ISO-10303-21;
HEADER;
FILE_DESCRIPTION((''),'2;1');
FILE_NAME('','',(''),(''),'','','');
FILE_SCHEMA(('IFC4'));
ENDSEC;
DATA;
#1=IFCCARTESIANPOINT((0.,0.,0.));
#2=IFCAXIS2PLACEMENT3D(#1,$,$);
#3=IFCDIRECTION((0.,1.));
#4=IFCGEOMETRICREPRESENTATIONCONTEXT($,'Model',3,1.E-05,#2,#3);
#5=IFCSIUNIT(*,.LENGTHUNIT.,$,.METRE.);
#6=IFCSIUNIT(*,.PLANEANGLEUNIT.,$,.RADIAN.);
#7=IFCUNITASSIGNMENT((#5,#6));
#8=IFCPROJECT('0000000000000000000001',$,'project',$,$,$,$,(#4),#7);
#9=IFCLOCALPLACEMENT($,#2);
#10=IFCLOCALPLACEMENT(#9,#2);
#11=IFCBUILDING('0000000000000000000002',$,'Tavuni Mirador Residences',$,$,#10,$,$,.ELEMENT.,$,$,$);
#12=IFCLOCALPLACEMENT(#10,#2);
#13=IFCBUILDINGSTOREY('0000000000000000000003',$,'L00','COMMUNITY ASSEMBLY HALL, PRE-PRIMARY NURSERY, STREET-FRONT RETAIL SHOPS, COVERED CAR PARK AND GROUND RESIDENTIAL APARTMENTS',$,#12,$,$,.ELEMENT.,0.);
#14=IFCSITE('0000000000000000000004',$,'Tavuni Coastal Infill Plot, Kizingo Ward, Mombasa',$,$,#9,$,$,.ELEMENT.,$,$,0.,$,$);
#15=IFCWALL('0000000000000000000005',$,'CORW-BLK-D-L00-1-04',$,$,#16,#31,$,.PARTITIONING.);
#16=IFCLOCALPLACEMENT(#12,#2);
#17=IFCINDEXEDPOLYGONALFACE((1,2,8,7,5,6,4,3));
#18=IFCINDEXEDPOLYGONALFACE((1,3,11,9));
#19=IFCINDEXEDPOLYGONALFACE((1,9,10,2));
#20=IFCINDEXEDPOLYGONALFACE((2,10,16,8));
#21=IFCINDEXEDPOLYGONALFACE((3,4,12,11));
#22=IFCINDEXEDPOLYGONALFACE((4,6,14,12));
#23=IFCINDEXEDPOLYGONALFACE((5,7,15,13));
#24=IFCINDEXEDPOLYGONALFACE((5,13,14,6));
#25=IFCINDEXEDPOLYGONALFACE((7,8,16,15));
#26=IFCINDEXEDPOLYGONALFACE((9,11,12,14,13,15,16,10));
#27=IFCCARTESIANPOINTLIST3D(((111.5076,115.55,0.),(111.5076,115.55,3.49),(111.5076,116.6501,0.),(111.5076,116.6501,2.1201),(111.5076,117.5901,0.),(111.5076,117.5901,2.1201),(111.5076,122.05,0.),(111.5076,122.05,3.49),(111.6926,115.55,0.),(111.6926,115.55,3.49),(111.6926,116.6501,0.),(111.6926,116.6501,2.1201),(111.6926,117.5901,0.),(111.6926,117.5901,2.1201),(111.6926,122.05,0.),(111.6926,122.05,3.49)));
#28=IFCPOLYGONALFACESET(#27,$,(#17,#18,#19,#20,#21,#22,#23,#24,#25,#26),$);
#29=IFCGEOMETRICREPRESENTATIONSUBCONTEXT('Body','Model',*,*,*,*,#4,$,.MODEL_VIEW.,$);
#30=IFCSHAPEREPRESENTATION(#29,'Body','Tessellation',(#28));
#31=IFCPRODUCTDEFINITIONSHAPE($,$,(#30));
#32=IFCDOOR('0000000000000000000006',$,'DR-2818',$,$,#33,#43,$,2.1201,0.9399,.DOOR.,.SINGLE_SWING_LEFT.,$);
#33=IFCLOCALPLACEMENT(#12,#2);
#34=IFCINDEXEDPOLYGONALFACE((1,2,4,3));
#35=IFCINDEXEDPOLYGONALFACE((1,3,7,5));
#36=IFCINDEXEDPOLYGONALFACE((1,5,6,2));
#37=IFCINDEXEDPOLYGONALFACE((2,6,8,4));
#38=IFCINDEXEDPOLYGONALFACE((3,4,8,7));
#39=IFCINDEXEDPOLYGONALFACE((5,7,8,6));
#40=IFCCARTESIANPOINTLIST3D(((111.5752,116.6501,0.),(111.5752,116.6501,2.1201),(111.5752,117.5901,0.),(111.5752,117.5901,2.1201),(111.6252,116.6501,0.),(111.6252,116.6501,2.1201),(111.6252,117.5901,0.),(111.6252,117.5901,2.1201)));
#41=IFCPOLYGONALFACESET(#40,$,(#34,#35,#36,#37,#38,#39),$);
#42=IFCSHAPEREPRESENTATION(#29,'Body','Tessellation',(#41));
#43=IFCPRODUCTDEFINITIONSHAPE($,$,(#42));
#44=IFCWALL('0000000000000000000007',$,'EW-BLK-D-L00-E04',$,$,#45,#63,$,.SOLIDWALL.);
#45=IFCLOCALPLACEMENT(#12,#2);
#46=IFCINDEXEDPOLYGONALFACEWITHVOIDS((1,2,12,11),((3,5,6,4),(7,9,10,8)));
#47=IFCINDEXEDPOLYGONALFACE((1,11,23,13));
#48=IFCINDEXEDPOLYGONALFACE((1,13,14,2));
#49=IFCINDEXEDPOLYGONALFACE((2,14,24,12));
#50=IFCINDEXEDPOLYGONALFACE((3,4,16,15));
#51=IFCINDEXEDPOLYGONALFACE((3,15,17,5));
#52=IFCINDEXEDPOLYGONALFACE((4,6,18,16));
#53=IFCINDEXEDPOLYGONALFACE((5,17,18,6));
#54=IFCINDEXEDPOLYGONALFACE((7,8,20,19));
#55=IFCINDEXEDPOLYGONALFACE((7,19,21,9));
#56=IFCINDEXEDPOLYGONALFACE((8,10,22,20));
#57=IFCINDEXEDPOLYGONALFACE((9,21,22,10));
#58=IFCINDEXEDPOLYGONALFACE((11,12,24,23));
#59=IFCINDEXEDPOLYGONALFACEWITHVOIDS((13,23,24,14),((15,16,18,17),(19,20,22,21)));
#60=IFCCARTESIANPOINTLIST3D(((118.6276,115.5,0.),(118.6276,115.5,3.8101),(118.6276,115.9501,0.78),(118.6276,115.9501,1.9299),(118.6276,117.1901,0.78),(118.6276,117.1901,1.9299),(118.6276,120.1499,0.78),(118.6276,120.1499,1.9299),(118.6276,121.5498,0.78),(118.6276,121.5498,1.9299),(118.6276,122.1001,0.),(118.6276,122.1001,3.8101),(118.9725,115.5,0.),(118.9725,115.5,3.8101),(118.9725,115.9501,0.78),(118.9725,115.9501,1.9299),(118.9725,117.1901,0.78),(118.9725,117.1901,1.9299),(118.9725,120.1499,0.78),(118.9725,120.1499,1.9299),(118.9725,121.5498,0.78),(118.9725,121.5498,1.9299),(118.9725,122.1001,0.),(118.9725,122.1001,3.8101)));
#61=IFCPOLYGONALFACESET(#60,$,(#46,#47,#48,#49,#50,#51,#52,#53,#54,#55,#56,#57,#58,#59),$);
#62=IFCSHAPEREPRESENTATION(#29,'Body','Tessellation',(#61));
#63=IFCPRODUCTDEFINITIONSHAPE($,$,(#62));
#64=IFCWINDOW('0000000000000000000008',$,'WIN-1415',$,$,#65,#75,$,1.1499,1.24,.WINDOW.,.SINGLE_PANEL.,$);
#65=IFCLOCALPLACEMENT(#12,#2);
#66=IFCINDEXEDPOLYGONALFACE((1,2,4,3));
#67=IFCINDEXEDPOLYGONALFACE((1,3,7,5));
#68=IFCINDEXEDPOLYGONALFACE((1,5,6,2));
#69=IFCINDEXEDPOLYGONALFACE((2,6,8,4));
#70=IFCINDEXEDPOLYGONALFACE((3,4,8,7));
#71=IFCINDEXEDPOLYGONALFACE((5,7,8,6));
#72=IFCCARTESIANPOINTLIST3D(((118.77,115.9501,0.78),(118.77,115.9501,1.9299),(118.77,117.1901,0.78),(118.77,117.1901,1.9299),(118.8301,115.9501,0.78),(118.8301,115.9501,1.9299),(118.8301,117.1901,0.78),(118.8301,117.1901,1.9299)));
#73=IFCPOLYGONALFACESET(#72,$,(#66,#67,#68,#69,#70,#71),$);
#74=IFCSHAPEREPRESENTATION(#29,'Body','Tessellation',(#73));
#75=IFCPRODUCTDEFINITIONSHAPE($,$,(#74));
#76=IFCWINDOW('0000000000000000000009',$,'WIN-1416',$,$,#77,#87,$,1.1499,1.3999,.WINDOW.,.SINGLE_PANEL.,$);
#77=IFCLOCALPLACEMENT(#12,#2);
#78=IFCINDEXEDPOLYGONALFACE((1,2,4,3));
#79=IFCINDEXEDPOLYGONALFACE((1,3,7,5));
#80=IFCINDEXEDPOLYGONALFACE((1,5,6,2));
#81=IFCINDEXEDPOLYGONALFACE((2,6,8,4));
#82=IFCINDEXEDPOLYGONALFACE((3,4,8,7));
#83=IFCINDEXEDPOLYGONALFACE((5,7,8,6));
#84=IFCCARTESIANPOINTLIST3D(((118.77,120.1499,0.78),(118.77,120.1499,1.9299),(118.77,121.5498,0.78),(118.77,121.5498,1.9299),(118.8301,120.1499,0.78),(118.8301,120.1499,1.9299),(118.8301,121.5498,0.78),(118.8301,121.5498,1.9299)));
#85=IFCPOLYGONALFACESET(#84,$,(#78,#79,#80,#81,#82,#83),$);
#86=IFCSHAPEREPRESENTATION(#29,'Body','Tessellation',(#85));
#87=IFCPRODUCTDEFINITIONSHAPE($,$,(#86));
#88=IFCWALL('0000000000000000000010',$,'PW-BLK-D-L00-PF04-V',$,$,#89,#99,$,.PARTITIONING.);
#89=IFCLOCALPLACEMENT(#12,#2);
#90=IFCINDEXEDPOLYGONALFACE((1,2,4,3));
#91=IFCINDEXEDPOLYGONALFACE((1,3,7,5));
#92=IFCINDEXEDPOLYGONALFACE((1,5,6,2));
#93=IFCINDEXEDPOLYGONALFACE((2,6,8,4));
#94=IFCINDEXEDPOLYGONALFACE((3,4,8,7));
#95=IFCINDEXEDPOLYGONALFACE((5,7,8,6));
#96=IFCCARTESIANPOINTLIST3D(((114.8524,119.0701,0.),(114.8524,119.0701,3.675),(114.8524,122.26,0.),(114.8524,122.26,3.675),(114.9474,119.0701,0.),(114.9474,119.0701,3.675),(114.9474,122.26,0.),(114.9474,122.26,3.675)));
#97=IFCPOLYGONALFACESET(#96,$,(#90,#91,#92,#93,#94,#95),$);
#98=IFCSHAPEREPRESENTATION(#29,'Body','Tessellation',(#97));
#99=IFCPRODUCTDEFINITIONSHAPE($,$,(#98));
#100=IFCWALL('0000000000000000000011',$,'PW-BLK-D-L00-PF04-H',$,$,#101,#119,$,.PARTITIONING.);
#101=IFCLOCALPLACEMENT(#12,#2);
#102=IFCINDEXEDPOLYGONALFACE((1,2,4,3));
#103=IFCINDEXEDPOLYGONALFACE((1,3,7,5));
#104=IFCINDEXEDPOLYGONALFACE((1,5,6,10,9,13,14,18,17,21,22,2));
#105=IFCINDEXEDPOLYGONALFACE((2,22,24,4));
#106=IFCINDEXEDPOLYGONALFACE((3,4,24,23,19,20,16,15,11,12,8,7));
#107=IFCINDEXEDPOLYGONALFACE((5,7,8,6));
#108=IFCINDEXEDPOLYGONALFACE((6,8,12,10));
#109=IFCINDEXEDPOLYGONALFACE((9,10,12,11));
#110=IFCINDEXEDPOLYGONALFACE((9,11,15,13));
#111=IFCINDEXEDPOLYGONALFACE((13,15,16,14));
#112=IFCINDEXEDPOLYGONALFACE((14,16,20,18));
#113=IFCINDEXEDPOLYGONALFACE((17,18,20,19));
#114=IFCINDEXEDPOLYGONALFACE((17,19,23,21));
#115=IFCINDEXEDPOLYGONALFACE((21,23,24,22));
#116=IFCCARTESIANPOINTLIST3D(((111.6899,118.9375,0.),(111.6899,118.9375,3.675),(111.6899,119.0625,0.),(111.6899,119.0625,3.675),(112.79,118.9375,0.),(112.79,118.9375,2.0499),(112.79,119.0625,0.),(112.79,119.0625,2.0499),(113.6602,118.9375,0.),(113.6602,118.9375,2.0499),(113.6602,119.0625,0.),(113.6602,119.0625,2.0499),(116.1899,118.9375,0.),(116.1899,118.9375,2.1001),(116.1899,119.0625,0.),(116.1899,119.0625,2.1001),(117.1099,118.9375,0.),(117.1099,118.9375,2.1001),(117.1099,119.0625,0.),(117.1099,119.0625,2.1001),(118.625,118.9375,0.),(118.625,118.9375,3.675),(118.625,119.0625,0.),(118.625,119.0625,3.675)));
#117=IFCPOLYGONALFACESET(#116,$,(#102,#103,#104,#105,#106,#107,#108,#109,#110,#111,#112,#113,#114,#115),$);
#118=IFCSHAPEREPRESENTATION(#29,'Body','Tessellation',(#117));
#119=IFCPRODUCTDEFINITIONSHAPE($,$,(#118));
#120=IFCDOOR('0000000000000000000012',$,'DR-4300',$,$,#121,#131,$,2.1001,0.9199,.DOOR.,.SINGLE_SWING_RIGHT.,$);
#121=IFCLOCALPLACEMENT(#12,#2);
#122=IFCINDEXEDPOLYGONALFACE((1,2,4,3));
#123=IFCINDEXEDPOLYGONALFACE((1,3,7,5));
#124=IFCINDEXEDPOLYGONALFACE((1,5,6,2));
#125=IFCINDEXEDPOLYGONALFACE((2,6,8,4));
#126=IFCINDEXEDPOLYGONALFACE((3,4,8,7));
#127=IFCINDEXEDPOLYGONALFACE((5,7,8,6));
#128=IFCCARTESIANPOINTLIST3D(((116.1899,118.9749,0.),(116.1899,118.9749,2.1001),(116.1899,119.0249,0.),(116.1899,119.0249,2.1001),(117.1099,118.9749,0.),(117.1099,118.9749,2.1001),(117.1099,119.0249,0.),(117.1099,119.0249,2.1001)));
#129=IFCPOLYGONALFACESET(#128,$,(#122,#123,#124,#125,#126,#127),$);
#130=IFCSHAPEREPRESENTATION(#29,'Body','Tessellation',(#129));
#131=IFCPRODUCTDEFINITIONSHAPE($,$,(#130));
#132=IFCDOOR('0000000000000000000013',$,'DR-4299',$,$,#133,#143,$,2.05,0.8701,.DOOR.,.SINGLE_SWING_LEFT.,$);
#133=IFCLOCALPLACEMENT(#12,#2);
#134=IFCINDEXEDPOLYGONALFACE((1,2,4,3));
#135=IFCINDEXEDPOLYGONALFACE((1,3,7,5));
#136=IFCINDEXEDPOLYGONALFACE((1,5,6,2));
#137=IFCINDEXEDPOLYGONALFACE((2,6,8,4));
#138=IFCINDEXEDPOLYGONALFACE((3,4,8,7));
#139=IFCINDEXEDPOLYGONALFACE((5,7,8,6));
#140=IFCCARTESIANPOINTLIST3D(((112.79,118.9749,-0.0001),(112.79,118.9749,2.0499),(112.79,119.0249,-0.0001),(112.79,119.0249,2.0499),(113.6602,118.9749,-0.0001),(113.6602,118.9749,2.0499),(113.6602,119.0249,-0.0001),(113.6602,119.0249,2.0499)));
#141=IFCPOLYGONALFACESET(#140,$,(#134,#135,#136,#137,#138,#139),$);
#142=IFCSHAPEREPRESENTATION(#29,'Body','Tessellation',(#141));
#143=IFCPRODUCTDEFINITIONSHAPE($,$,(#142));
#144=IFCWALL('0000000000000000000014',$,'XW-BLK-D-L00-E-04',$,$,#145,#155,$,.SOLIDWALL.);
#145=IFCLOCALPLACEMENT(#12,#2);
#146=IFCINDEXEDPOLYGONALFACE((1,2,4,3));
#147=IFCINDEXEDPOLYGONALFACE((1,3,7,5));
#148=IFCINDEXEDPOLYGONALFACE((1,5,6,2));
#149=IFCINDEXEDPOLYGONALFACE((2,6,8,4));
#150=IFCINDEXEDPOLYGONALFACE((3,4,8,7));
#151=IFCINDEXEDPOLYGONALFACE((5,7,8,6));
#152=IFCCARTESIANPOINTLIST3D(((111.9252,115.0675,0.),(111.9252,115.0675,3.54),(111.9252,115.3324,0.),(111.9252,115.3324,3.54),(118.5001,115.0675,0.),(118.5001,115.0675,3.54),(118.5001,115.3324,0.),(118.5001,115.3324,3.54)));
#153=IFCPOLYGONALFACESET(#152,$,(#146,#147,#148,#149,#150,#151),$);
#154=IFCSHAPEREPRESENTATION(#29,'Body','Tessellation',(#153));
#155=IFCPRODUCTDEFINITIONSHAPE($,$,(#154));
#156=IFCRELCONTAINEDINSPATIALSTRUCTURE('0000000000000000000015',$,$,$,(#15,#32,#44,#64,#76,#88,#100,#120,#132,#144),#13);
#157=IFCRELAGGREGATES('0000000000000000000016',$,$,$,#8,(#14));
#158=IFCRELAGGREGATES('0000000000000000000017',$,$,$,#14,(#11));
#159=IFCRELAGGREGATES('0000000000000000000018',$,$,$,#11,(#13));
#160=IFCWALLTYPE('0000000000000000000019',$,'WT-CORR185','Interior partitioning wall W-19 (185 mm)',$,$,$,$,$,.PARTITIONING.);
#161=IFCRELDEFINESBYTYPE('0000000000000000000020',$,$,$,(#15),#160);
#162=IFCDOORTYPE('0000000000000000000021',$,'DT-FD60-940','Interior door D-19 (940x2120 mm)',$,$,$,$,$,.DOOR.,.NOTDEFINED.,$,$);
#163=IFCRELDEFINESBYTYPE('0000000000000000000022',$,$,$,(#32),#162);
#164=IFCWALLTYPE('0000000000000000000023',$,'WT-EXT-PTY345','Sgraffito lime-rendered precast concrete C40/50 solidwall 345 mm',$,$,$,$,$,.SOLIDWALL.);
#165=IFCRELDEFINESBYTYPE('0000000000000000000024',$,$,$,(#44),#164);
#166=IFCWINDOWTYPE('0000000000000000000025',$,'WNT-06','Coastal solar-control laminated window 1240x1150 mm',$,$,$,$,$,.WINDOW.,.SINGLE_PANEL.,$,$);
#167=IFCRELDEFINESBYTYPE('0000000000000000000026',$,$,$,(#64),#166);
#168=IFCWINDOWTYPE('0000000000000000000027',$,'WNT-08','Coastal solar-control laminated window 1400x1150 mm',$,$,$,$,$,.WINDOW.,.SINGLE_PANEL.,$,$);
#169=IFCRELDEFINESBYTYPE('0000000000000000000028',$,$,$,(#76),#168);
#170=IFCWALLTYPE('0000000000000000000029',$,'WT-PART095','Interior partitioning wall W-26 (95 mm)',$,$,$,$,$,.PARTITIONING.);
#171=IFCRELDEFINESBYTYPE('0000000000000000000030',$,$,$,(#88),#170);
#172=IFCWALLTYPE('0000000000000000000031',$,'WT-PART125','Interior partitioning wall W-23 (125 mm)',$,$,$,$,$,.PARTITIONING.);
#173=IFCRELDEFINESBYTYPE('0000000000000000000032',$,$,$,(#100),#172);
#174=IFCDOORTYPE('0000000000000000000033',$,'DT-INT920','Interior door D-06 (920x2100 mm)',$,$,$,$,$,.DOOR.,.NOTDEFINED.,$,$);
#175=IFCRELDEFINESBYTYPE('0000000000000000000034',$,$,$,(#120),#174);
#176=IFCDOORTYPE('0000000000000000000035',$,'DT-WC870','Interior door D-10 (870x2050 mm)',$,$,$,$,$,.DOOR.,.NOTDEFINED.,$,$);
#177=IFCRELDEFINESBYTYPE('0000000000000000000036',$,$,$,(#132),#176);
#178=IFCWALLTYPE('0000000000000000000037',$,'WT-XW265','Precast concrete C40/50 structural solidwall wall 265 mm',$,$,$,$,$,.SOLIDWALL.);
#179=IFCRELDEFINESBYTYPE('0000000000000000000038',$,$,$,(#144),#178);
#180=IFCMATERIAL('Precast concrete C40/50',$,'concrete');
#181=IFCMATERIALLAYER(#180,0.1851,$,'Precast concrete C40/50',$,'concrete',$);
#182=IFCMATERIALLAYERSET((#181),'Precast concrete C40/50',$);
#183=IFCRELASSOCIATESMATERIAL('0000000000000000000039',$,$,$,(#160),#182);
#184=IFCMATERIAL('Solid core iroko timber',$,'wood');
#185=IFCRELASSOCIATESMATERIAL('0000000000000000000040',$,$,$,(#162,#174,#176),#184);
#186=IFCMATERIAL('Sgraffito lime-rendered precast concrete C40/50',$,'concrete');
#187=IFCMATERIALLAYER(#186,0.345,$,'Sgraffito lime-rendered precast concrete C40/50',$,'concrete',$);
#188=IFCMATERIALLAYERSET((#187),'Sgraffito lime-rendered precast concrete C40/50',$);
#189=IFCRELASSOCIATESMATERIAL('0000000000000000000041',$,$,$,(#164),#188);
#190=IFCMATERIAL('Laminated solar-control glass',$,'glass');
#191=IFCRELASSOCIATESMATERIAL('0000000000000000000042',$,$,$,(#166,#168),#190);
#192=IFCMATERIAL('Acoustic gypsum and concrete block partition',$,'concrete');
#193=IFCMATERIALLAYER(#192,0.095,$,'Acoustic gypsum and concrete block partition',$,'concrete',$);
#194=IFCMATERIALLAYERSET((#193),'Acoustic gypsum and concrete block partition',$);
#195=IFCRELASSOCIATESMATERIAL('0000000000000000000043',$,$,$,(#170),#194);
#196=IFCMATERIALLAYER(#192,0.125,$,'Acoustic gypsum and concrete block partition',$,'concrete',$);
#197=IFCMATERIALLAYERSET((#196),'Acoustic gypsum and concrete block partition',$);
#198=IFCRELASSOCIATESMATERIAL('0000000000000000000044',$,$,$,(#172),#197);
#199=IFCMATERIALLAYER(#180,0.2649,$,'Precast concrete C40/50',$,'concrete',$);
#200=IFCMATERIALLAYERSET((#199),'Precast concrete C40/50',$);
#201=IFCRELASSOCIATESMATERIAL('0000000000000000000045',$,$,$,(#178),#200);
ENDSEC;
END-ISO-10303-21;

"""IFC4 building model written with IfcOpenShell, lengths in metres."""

from ifc_helpers import new_model, si_unit, direction, frame, frame_2d, origin, place, context, subcontext, project, spatial, rectangle, extrude, material, layer, layer_set, type_object, element, fill, save


model = new_model("IFC4")

# Units and contexts
model_context = context("Model", 3, precision=1e-05, world=origin(), true_north=direction((0.0, 1.0)))
body_context = subcontext(model_context, "Body", "Model", "MODEL_VIEW")
ifc_project = project(units=[si_unit("LENGTHUNIT", "METRE"), si_unit("PLANEANGLEUNIT", "RADIAN")], contexts=[model_context])

# Site, building, storey
site_placement = place(None, origin())
site = spatial("IfcSite", under=ifc_project, at=site_placement, Name="Tavuni Coastal Infill Plot, Kizingo Ward, Mombasa", CompositionType="ELEMENT", RefElevation=0.0)
building_placement = place(site_placement, origin())
building = spatial("IfcBuilding", under=site, at=building_placement, Name="Tavuni Mirador Residences", CompositionType="ELEMENT")
storey_placement = place(building_placement, origin())
storey = spatial("IfcBuildingStorey", under=building, at=storey_placement, Name="L00", Description="COMMUNITY ASSEMBLY HALL, PRE-PRIMARY NURSERY, STREET-FRONT RETAIL SHOPS, COVERED CAR PARK AND GROUND RESIDENTIAL APARTMENTS", CompositionType="ELEMENT", Elevation=0.0)

# Shared definitions
ifc_material_1 = material(Name="Precast concrete C40/50", Category="concrete")

# Wall, opening, door
ifc_layer_1 = layer(ifc_material_1, 0.1851, Name="Precast concrete C40/50", Category="concrete")
ifc_layer_set_1 = layer_set([ifc_layer_1], Name="Precast concrete C40/50")
wall_type_1 = type_object("IfcWallType", Name="WT-CORR185", Description="Interior partitioning wall W-19 (185 mm)", PredefinedType="PARTITIONING", material=ifc_layer_set_1)
wall_1_placement = place(storey_placement, frame((111.6001, 115.55, 0.0), z_axis=(0.0, 0.0, 1.0), x_axis=(0.0, 1.0, 0.0)))
wall_1 = element("IfcWall", 1, at=wall_1_placement, inside=storey, type_object=wall_type_1, Name="CORW-BLK-D-L00-1-04", PredefinedType="PARTITIONING", context=body_context, shape_type="SweptSolid", body=[
    extrude(rectangle(XDim=6.5, YDim=0.1851, at=frame_2d((3.25, 0.0))), origin(), (0.0, 0.0, 1.0), 3.49),
])
opening_1_placement = place(wall_1_placement, frame((1.1001, 0.0, 0.0)))
opening_1 = element("IfcOpeningElement", 2, at=opening_1_placement, cuts=wall_1, PredefinedType="OPENING", context=body_context, shape_type="SweptSolid", body=[
    extrude(rectangle(XDim=0.9399, YDim=2.1201, at=frame_2d((0.47, 1.0601))), frame((0.0, 0.1025, 0.0), z_axis=(0.0, -1.0, 0.0), x_axis=(1.0, 0.0, 0.0)), (0.0, 0.0, 1.0), 0.2051),
])
ifc_material_2 = material(Name="Solid core iroko timber", Category="wood")
door_type_1 = type_object("IfcDoorType", Name="DT-FD60-940", Description="Interior door D-19 (940x2120 mm)", OperationType="NOTDEFINED", PredefinedType="DOOR", material=ifc_material_2)
door_1_placement = place(opening_1_placement, origin())
door_1 = element("IfcDoor", 3, at=door_1_placement, inside=storey, type_object=door_type_1, Name="DR-2818", OperationType="SINGLE_SWING_LEFT", OverallHeight=2.1201, OverallWidth=0.9399, PredefinedType="DOOR", context=body_context, shape_type="SweptSolid", body=[
    extrude(rectangle(XDim=0.9399, YDim=2.1201, at=frame_2d((0.47, 1.0601))), frame((0.0, 0.0249, 0.0), z_axis=(0.0, -1.0, 0.0), x_axis=(1.0, 0.0, 0.0)), (0.0, 0.0, 1.0), 0.05),
])
fill(opening_1, door_1)

# Wall, openings, windows
ifc_material_3 = material(Name="Sgraffito lime-rendered precast concrete C40/50", Category="concrete")
ifc_layer_2 = layer(ifc_material_3, 0.345, Name="Sgraffito lime-rendered precast concrete C40/50", Category="concrete")
ifc_layer_set_2 = layer_set([ifc_layer_2], Name="Sgraffito lime-rendered precast concrete C40/50")
wall_type_2 = type_object("IfcWallType", Name="WT-EXT-PTY345", Description="Sgraffito lime-rendered precast concrete C40/50 solidwall 345 mm", PredefinedType="SOLIDWALL", material=ifc_layer_set_2)
wall_2_placement = place(storey_placement, frame((118.8, 115.5, 0.0), z_axis=(0.0, 0.0, 1.0), x_axis=(0.0, 1.0, 0.0)))
wall_2 = element("IfcWall", 4, at=wall_2_placement, inside=storey, type_object=wall_type_2, Name="EW-BLK-D-L00-E04", PredefinedType="SOLIDWALL", context=body_context, shape_type="SweptSolid", body=[
    extrude(rectangle(XDim=6.6001, YDim=0.345, at=frame_2d((3.3, 0.0))), origin(), (0.0, 0.0, 1.0), 3.8101),
])
opening_2_placement = place(wall_2_placement, frame((0.45, 0.0, 0.78)))
opening_2 = element("IfcOpeningElement", 5, at=opening_2_placement, cuts=wall_2, PredefinedType="OPENING", context=body_context, shape_type="SweptSolid", body=[
    extrude(rectangle(XDim=1.24, YDim=1.1499, at=frame_2d((0.6201, 0.575))), frame((0.0, 0.1826, 0.0), z_axis=(0.0, -1.0, 0.0), x_axis=(1.0, 0.0, 0.0)), (0.0, 0.0, 1.0), 0.365),
])
opening_3_placement = place(wall_2_placement, frame((4.6499, 0.0, 0.78)))
opening_3 = element("IfcOpeningElement", 6, at=opening_3_placement, cuts=wall_2, PredefinedType="OPENING", context=body_context, shape_type="SweptSolid", body=[
    extrude(rectangle(XDim=1.3999, YDim=1.1499, at=frame_2d((0.7, 0.575))), frame((0.0, 0.1826, 0.0), z_axis=(0.0, -1.0, 0.0), x_axis=(1.0, 0.0, 0.0)), (0.0, 0.0, 1.0), 0.365),
])
ifc_material_4 = material(Name="Laminated solar-control glass", Category="glass")
window_type_1 = type_object("IfcWindowType", Name="WNT-06", Description="Coastal solar-control laminated window 1240x1150 mm", PartitioningType="SINGLE_PANEL", PredefinedType="WINDOW", material=ifc_material_4)
window_1_placement = place(opening_2_placement, origin())
window_1 = element("IfcWindow", 7, at=window_1_placement, inside=storey, type_object=window_type_1, Name="WIN-1415", OverallHeight=1.1499, OverallWidth=1.24, PartitioningType="SINGLE_PANEL", PredefinedType="WINDOW", context=body_context, shape_type="SweptSolid", body=[
    extrude(rectangle(XDim=1.24, YDim=1.1499, at=frame_2d((0.6201, 0.575))), frame((0.0, 0.03, 0.0), z_axis=(0.0, -1.0, 0.0), x_axis=(1.0, 0.0, 0.0)), (0.0, 0.0, 1.0), 0.0601),
])
fill(opening_2, window_1)
window_type_2 = type_object("IfcWindowType", Name="WNT-08", Description="Coastal solar-control laminated window 1400x1150 mm", PartitioningType="SINGLE_PANEL", PredefinedType="WINDOW", material=ifc_material_4)
window_2_placement = place(opening_3_placement, origin())
window_2 = element("IfcWindow", 8, at=window_2_placement, inside=storey, type_object=window_type_2, Name="WIN-1416", OverallHeight=1.1499, OverallWidth=1.3999, PartitioningType="SINGLE_PANEL", PredefinedType="WINDOW", context=body_context, shape_type="SweptSolid", body=[
    extrude(rectangle(XDim=1.3999, YDim=1.1499, at=frame_2d((0.7, 0.575))), frame((0.0, 0.03, 0.0), z_axis=(0.0, -1.0, 0.0), x_axis=(1.0, 0.0, 0.0)), (0.0, 0.0, 1.0), 0.0601),
])
fill(opening_3, window_2)

# Wall
ifc_material_5 = material(Name="Acoustic gypsum and concrete block partition", Category="concrete")
ifc_layer_3 = layer(ifc_material_5, 0.095, Name="Acoustic gypsum and concrete block partition", Category="concrete")
ifc_layer_set_3 = layer_set([ifc_layer_3], Name="Acoustic gypsum and concrete block partition")
wall_type_3 = type_object("IfcWallType", Name="WT-PART095", Description="Interior partitioning wall W-26 (95 mm)", PredefinedType="PARTITIONING", material=ifc_layer_set_3)
wall_3_placement = place(storey_placement, frame((114.8999, 119.0701, 0.0), z_axis=(0.0, 0.0, 1.0), x_axis=(0.0, 1.0, 0.0)))
element("IfcWall", 9, at=wall_3_placement, inside=storey, type_object=wall_type_3, Name="PW-BLK-D-L00-PF04-V", PredefinedType="PARTITIONING", context=body_context, shape_type="SweptSolid", body=[
    extrude(rectangle(XDim=3.1899, YDim=0.095, at=frame_2d((1.595, 0.0))), origin(), (0.0, 0.0, 1.0), 3.675),
])

# Wall, openings, doors
ifc_layer_4 = layer(ifc_material_5, 0.125, Name="Acoustic gypsum and concrete block partition", Category="concrete")
ifc_layer_set_4 = layer_set([ifc_layer_4], Name="Acoustic gypsum and concrete block partition")
wall_type_4 = type_object("IfcWallType", Name="WT-PART125", Description="Interior partitioning wall W-23 (125 mm)", PredefinedType="PARTITIONING", material=ifc_layer_set_4)
wall_4_placement = place(storey_placement, frame((111.6899, 119.0, 0.0), z_axis=(0.0, 0.0, 1.0), x_axis=(1.0, 0.0, 0.0)))
wall_4 = element("IfcWall", 10, at=wall_4_placement, inside=storey, type_object=wall_type_4, Name="PW-BLK-D-L00-PF04-H", PredefinedType="PARTITIONING", context=body_context, shape_type="SweptSolid", body=[
    extrude(rectangle(XDim=6.9351, YDim=0.125, at=frame_2d((3.4675, 0.0))), origin(), (0.0, 0.0, 1.0), 3.675),
])
opening_4_placement = place(wall_4_placement, frame((1.1001, 0.0, 0.0)))
opening_4 = element("IfcOpeningElement", 11, at=opening_4_placement, cuts=wall_4, PredefinedType="OPENING", context=body_context, shape_type="SweptSolid", body=[
    extrude(rectangle(XDim=0.8701, YDim=2.05, at=frame_2d((0.4351, 1.0249))), frame((0.0, 0.0725, 0.0), z_axis=(0.0, -1.0, 0.0), x_axis=(1.0, 0.0, 0.0)), (0.0, 0.0, 1.0), 0.145),
])
opening_5_placement = place(wall_4_placement, frame((4.5, 0.0, 0.0)))
opening_5 = element("IfcOpeningElement", 12, at=opening_5_placement, cuts=wall_4, PredefinedType="OPENING", context=body_context, shape_type="SweptSolid", body=[
    extrude(rectangle(XDim=0.9199, YDim=2.1001, at=frame_2d((0.46, 1.05))), frame((0.0, 0.0725, 0.0), z_axis=(0.0, -1.0, 0.0), x_axis=(1.0, 0.0, 0.0)), (0.0, 0.0, 1.0), 0.145),
])
door_type_2 = type_object("IfcDoorType", Name="DT-INT920", Description="Interior door D-06 (920x2100 mm)", OperationType="NOTDEFINED", PredefinedType="DOOR", material=ifc_material_2)
door_2_placement = place(opening_5_placement, origin())
door_2 = element("IfcDoor", 13, at=door_2_placement, inside=storey, type_object=door_type_2, Name="DR-4300", OperationType="SINGLE_SWING_RIGHT", OverallHeight=2.1001, OverallWidth=0.9199, PredefinedType="DOOR", context=body_context, shape_type="SweptSolid", body=[
    extrude(rectangle(XDim=0.9199, YDim=2.1001, at=frame_2d((0.46, 1.05))), frame((0.0, 0.0249, 0.0), z_axis=(0.0, -1.0, 0.0), x_axis=(1.0, 0.0, 0.0)), (0.0, 0.0, 1.0), 0.05),
])
fill(opening_5, door_2)
door_type_3 = type_object("IfcDoorType", Name="DT-WC870", Description="Interior door D-10 (870x2050 mm)", OperationType="NOTDEFINED", PredefinedType="DOOR", material=ifc_material_2)
door_3_placement = place(opening_4_placement, origin())
door_3 = element("IfcDoor", 14, at=door_3_placement, inside=storey, type_object=door_type_3, Name="DR-4299", OperationType="SINGLE_SWING_LEFT", OverallHeight=2.05, OverallWidth=0.8701, PredefinedType="DOOR", context=body_context, shape_type="SweptSolid", body=[
    extrude(rectangle(XDim=0.8701, YDim=2.05, at=frame_2d((0.4351, 1.0249))), frame((0.0, 0.0249, 0.0), z_axis=(0.0, -1.0, 0.0), x_axis=(1.0, 0.0, 0.0)), (0.0, 0.0, 1.0), 0.05),
])
fill(opening_4, door_3)

# Wall
ifc_layer_5 = layer(ifc_material_1, 0.2649, Name="Precast concrete C40/50", Category="concrete")
ifc_layer_set_5 = layer_set([ifc_layer_5], Name="Precast concrete C40/50")
wall_type_5 = type_object("IfcWallType", Name="WT-XW265", Description="Precast concrete C40/50 structural solidwall wall 265 mm", PredefinedType="SOLIDWALL", material=ifc_layer_set_5)
wall_5_placement = place(storey_placement, frame((111.925, 115.2, 0.0), z_axis=(0.0, 0.0, 1.0), x_axis=(1.0, 0.0, 0.0)))
element("IfcWall", 15, at=wall_5_placement, inside=storey, type_object=wall_type_5, Name="XW-BLK-D-L00-E-04", PredefinedType="SOLIDWALL", context=body_context, shape_type="SweptSolid", body=[
    extrude(rectangle(XDim=6.575, YDim=0.2649, at=frame_2d((3.2876, 0.0))), origin(), (0.0, 0.0, 1.0), 3.54),
])

save(model, "model.ifc")
